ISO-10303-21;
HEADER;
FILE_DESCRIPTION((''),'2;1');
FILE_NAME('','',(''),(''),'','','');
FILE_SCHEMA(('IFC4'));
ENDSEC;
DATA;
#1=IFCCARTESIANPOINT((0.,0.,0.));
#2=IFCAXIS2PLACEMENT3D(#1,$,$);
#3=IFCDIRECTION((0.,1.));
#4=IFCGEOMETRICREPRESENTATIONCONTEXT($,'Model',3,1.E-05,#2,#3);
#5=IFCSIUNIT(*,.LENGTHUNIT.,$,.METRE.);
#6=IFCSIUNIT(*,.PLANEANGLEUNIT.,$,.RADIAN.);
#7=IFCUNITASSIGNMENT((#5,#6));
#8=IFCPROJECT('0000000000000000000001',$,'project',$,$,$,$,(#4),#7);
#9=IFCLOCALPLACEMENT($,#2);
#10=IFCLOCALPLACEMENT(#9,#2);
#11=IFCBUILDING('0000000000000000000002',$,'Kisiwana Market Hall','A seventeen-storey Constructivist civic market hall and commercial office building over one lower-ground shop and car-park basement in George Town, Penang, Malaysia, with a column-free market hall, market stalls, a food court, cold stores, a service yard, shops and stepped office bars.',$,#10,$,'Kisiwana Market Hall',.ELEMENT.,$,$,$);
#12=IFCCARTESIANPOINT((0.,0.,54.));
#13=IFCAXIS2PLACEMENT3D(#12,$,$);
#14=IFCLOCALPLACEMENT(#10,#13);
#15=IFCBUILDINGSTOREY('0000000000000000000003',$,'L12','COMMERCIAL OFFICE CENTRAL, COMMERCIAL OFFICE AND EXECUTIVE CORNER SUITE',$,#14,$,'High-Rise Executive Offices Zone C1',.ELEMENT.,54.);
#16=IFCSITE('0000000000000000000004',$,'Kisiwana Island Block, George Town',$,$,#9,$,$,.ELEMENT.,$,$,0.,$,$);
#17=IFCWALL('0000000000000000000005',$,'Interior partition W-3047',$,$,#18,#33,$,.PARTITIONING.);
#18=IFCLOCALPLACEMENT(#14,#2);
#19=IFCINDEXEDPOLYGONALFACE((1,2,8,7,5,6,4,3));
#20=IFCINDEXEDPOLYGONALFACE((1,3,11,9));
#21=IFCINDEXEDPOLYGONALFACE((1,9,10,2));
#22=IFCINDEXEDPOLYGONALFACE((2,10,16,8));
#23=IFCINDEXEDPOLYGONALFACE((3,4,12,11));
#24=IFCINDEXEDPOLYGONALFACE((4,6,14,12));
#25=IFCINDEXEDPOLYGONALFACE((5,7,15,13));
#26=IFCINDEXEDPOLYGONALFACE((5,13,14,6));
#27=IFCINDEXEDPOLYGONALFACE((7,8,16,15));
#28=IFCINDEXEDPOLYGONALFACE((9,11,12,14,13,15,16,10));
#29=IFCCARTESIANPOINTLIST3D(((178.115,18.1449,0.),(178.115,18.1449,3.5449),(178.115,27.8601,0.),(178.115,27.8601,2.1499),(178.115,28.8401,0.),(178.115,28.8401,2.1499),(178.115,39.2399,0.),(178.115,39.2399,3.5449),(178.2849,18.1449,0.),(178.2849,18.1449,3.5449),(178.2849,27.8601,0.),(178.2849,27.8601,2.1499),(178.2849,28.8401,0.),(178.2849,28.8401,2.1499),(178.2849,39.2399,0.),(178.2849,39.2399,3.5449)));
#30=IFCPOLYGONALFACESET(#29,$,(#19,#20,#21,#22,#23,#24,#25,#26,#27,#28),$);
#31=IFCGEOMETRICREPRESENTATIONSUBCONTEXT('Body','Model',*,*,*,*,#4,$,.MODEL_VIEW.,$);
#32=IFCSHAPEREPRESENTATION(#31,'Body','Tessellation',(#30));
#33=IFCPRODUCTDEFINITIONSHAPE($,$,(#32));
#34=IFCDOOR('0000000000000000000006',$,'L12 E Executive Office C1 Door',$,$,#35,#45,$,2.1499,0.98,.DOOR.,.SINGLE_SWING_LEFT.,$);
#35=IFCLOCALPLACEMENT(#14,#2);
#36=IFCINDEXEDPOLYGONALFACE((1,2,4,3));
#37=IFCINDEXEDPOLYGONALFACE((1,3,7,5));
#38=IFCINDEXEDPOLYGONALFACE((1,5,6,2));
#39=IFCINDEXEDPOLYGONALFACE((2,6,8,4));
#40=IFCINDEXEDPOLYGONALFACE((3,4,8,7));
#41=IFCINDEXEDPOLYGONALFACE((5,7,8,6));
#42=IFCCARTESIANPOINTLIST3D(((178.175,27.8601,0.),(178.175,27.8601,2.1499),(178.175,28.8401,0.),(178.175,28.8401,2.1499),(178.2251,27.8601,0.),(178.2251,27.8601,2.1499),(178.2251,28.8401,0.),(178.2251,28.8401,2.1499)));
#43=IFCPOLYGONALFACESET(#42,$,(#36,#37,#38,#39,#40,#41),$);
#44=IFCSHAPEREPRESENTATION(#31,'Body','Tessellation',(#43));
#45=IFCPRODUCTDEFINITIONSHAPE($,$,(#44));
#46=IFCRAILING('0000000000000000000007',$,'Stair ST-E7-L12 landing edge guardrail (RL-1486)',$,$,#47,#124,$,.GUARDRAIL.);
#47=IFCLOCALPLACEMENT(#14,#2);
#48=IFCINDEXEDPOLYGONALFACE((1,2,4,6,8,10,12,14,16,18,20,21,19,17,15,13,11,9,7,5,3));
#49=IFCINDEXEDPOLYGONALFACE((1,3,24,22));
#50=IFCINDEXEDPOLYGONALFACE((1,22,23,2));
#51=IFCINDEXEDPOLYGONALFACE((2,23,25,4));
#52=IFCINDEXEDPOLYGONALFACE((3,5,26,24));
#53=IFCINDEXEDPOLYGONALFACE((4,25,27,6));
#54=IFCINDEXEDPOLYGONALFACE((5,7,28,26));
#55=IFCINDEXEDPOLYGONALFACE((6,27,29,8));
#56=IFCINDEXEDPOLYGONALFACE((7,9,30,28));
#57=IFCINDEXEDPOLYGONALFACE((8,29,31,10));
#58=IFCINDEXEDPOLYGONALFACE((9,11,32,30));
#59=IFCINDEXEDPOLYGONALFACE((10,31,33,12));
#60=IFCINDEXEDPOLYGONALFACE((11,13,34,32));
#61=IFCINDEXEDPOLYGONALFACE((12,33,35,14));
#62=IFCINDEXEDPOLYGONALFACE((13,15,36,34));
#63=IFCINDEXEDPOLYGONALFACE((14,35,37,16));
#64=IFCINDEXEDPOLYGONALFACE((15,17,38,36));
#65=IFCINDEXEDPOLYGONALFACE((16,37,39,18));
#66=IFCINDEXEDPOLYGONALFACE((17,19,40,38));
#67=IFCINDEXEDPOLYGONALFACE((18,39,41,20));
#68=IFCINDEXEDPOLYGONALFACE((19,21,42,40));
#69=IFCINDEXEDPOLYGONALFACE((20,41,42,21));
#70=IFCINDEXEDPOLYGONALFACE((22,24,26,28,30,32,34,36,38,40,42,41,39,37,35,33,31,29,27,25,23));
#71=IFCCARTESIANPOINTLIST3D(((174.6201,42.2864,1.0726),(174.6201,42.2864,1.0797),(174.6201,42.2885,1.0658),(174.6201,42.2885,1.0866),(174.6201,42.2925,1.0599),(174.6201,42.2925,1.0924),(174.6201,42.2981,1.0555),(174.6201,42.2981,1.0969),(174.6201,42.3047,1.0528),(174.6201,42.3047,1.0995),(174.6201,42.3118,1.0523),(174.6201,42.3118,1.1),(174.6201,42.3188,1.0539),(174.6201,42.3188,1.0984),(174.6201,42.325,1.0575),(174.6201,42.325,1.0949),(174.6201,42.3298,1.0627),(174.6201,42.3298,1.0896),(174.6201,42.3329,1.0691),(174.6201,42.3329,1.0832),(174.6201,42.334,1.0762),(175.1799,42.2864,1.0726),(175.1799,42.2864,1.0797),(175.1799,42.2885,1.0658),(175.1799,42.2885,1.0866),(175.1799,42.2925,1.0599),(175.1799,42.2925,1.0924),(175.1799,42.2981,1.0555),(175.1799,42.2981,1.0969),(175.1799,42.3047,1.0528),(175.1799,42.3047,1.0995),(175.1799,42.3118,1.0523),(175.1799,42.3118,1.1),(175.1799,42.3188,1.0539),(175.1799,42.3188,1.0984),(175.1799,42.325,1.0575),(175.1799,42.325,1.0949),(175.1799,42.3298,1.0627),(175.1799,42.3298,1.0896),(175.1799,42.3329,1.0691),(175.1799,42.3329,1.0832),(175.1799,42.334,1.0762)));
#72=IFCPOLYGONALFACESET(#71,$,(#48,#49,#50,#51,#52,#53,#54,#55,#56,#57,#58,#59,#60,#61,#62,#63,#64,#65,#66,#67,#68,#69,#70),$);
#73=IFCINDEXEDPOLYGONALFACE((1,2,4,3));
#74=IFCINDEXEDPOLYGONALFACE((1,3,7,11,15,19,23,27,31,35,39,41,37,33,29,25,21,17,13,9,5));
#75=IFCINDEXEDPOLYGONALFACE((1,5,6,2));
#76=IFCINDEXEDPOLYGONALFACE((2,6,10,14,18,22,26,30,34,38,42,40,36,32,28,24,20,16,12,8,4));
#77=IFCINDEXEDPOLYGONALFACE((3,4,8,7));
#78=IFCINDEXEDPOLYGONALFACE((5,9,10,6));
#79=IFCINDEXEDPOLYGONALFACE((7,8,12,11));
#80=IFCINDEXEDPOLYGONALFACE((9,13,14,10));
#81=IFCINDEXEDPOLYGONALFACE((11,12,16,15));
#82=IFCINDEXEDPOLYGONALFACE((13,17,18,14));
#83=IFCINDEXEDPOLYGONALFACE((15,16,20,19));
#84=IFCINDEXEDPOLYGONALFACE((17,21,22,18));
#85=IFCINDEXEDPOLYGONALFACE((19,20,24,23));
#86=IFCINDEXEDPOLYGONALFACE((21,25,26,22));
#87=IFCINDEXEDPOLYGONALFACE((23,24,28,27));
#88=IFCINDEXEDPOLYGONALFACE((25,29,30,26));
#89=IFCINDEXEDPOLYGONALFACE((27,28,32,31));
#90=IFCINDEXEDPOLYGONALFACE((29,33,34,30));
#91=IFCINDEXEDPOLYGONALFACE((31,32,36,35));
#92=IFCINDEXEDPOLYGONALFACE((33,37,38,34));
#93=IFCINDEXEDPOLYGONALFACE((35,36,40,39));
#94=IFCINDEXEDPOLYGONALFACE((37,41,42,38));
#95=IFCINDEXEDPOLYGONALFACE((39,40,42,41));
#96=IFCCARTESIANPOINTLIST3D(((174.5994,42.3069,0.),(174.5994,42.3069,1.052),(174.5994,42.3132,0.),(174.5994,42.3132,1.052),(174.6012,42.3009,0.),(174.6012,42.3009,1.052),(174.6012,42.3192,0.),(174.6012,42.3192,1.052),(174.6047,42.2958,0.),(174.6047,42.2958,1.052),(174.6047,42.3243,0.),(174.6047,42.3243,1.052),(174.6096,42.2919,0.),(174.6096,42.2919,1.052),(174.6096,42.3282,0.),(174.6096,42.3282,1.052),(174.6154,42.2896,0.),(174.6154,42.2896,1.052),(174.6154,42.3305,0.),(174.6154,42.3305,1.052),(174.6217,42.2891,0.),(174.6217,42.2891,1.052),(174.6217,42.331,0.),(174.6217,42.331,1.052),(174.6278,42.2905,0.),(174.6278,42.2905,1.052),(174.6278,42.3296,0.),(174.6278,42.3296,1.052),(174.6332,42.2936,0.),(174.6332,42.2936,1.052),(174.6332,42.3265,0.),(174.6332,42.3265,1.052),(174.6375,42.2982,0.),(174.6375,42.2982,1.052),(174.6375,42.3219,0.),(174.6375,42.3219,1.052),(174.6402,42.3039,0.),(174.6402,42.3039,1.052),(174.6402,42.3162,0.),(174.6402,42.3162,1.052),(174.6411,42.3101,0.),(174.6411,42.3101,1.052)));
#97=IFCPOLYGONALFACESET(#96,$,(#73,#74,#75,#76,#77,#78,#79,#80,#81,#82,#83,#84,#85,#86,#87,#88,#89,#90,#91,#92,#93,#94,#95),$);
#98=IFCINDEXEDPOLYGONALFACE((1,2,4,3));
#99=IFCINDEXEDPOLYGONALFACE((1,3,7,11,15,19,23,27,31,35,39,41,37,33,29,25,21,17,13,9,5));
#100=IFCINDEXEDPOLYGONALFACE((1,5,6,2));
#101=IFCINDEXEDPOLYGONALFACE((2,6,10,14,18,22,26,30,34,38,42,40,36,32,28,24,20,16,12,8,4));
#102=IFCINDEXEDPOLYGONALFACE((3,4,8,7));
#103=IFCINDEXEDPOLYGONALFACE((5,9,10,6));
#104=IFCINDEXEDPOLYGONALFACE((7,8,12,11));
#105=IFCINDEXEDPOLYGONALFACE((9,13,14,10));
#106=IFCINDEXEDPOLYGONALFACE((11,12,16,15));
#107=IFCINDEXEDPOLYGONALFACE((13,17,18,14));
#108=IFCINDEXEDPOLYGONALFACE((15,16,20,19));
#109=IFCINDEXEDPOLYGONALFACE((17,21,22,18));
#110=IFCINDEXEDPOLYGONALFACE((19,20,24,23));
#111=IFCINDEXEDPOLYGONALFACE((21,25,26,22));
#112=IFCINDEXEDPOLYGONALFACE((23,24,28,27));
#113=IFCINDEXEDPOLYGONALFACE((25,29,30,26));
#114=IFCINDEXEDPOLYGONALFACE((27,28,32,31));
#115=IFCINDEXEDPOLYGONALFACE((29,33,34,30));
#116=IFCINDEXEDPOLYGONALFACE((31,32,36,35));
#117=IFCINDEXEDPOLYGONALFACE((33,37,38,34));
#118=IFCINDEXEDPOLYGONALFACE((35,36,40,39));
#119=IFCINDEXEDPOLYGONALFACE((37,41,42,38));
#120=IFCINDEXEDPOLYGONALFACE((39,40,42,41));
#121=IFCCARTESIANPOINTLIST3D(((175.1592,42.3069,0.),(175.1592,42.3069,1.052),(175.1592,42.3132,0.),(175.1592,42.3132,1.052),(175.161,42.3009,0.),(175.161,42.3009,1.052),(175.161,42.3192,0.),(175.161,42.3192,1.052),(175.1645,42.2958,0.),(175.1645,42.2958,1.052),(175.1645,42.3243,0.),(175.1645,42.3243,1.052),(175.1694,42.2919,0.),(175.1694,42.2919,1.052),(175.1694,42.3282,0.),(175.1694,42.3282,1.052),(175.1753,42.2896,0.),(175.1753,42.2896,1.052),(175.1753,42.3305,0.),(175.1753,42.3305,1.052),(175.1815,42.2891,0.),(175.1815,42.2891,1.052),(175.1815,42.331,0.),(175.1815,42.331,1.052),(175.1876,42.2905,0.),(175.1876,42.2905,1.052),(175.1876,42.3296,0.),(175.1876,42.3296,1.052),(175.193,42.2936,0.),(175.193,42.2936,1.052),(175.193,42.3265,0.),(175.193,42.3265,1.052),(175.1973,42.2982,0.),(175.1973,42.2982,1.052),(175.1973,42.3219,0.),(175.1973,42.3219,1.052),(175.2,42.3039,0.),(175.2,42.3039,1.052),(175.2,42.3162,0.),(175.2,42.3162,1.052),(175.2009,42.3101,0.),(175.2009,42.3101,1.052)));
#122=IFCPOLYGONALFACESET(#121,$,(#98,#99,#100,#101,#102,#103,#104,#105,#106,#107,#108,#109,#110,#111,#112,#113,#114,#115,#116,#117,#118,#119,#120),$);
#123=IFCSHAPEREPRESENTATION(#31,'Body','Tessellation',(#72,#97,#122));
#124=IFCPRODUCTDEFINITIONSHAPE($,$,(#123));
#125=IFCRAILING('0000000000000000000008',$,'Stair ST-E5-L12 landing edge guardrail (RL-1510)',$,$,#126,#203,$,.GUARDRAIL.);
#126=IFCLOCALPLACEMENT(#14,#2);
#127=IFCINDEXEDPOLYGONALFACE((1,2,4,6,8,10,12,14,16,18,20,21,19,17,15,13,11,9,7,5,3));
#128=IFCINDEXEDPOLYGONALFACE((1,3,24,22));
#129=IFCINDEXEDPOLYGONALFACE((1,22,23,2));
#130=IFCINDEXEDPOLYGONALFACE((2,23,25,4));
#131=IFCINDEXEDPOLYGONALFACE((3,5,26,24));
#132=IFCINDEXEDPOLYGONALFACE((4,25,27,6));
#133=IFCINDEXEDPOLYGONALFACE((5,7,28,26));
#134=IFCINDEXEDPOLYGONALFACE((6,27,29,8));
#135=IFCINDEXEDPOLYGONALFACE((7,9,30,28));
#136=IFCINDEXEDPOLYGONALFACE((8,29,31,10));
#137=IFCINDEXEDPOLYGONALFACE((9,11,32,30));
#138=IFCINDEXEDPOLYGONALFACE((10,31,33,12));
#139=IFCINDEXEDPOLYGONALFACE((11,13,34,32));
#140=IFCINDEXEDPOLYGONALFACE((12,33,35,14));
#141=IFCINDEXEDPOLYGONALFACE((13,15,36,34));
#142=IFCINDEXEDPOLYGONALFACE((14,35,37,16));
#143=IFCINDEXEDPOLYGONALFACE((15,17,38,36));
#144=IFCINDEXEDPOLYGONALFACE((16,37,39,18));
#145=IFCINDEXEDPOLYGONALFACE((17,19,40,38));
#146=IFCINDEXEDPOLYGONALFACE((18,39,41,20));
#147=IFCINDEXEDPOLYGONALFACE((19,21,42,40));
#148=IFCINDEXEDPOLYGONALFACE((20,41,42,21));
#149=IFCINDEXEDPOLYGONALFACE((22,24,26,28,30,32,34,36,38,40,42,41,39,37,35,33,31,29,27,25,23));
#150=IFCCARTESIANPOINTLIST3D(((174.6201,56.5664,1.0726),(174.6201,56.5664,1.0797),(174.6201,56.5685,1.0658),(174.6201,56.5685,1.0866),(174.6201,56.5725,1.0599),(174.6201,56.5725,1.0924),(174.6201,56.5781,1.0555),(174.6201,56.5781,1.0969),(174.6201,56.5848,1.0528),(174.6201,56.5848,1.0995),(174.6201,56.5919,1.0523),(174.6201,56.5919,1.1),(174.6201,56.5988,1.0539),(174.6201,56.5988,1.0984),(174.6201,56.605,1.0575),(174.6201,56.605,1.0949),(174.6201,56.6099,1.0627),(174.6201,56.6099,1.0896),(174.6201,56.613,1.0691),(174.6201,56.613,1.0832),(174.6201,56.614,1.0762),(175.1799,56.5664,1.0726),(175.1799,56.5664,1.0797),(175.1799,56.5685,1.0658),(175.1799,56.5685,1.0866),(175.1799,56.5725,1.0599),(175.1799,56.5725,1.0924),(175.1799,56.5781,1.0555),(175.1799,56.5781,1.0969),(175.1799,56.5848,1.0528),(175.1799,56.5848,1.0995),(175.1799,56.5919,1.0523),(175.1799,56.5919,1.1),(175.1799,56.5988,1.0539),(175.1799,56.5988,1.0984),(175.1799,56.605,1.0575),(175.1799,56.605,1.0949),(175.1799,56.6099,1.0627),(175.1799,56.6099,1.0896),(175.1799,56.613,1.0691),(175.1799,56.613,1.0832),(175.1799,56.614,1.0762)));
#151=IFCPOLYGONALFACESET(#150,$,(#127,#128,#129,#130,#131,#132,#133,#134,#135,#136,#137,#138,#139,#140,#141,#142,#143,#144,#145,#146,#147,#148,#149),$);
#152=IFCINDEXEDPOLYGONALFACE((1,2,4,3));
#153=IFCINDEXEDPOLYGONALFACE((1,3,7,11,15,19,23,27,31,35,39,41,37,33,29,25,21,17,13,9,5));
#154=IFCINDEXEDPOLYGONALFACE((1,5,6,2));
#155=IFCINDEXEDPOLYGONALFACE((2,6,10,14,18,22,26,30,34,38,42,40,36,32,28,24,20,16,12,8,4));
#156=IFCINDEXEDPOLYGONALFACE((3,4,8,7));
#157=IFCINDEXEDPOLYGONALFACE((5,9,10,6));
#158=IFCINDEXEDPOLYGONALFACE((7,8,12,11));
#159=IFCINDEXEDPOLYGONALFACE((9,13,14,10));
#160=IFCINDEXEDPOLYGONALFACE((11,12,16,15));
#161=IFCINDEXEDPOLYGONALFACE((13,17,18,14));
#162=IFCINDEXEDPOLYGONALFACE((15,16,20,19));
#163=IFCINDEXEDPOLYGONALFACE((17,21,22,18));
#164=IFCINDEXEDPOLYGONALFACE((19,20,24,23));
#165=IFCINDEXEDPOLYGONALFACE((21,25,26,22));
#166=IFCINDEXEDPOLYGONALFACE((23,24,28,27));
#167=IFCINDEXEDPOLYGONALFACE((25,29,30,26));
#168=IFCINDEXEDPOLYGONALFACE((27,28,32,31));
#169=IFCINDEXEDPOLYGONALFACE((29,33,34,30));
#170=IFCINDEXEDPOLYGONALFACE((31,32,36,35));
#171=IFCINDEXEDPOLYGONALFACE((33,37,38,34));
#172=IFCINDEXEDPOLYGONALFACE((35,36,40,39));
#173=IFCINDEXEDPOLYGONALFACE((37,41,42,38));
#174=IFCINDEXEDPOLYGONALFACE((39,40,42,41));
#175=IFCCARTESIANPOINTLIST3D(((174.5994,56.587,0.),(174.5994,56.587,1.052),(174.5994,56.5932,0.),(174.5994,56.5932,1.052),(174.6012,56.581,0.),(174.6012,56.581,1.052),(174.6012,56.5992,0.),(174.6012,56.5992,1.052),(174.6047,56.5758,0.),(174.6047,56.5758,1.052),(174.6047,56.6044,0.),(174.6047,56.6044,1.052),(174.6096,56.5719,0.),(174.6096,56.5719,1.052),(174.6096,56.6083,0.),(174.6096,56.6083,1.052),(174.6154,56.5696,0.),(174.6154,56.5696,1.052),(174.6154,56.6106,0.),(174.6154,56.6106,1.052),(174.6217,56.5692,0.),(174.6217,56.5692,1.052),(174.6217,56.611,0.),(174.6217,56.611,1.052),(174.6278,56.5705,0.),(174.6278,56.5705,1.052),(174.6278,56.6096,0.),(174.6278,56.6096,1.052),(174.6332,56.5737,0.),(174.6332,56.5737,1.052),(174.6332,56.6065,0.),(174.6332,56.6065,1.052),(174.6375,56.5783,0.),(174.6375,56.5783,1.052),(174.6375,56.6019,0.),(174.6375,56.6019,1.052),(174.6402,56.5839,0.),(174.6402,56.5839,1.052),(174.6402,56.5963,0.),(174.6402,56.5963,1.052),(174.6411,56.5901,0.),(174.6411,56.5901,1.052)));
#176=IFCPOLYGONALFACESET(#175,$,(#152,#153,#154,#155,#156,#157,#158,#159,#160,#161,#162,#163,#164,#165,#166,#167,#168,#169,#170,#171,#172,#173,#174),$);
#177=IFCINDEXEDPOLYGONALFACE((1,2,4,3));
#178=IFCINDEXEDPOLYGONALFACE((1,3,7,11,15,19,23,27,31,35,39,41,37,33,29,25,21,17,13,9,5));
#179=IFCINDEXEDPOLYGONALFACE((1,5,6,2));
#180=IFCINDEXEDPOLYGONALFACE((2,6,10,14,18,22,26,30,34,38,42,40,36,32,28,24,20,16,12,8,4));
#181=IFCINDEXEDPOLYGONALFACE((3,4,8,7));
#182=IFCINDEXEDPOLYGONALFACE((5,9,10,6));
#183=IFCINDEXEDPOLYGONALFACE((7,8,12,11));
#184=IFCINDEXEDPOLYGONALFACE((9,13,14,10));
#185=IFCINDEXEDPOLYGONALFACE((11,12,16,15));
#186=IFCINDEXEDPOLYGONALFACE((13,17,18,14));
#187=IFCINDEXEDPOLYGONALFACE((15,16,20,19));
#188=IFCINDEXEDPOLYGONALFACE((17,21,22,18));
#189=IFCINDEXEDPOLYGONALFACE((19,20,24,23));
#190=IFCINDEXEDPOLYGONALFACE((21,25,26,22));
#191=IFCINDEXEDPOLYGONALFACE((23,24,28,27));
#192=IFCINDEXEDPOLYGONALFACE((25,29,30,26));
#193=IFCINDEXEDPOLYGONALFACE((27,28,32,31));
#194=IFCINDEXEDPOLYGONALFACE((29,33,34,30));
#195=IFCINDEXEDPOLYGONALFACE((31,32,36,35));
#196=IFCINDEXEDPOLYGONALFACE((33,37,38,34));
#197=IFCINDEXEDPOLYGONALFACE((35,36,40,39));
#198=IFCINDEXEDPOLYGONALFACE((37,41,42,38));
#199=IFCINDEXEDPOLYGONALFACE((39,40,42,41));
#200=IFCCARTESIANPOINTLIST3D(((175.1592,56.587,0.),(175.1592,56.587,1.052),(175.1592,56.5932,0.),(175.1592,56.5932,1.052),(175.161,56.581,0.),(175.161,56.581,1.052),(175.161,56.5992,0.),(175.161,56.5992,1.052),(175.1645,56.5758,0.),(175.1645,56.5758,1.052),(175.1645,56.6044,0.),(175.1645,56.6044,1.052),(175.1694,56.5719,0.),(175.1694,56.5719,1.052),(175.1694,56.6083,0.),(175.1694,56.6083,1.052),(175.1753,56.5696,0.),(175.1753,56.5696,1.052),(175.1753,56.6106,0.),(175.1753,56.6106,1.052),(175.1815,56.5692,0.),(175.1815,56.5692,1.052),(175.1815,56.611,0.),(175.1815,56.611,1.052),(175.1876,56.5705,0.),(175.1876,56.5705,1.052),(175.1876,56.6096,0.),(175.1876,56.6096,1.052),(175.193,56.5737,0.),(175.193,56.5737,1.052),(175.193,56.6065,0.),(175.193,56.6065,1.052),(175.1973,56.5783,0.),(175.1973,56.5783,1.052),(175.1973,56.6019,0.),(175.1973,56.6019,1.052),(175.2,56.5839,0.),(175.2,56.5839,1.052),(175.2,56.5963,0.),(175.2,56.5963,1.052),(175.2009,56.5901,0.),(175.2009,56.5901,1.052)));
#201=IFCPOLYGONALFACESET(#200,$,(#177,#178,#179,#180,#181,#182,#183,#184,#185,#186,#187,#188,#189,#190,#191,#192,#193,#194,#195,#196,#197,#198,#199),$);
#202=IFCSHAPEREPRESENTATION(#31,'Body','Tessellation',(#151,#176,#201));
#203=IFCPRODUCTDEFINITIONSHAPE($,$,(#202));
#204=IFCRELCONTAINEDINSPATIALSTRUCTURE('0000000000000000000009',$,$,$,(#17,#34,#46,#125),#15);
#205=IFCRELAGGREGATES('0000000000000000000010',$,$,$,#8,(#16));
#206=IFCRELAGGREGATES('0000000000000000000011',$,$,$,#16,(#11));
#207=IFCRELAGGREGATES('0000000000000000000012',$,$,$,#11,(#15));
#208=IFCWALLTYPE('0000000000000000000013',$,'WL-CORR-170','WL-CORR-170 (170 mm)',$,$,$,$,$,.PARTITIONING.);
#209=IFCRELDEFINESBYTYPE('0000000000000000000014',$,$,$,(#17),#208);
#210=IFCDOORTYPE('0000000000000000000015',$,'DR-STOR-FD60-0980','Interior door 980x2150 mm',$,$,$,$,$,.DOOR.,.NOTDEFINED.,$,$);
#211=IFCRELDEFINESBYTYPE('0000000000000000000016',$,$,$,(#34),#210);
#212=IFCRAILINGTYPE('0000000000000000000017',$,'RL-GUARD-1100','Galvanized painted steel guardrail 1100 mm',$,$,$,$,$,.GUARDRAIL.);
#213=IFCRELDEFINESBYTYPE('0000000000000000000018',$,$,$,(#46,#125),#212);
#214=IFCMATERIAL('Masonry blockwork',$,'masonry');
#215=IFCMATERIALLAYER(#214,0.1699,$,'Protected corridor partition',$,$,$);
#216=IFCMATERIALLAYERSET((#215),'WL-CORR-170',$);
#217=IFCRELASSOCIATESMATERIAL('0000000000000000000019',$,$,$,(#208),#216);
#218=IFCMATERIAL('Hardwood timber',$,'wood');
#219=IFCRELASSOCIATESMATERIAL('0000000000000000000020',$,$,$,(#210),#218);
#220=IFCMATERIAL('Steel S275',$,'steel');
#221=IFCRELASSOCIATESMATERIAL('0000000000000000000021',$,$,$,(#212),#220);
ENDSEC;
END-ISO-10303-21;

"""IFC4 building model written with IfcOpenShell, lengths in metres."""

from ifc_helpers import new_model, si_unit, direction, frame, frame_2d, origin, origin_2d, place, context, subcontext, project, spatial, rectangle, circle, extrude, material, layer, layer_set, type_object, element, fill, save


model = new_model("IFC4")

# Units and contexts
model_context = context("Model", 3, precision=1e-05, world=origin(), true_north=direction((0.0, 1.0)))
body_context = subcontext(model_context, "Body", "Model", "MODEL_VIEW")
ifc_project = project(units=[si_unit("LENGTHUNIT", "METRE"), si_unit("PLANEANGLEUNIT", "RADIAN")], contexts=[model_context])

# Site, building, storey
site_placement = place(None, origin())
site = spatial("IfcSite", under=ifc_project, at=site_placement, Name="Kisiwana Island Block, George Town", CompositionType="ELEMENT", RefElevation=0.0)
building_placement = place(site_placement, origin())
building = spatial("IfcBuilding", under=site, at=building_placement, Name="Kisiwana Market Hall", Description="A seventeen-storey Constructivist civic market hall and commercial office building over one lower-ground shop and car-park basement in George Town, Penang, Malaysia, with a column-free market hall, market stalls, a food court, cold stores, a service yard, shops and stepped office bars.", LongName="Kisiwana Market Hall", CompositionType="ELEMENT")
storey_placement = place(building_placement, frame((0.0, 0.0, 54.0)))
storey = spatial("IfcBuildingStorey", under=building, at=storey_placement, Name="L12", Description="COMMERCIAL OFFICE CENTRAL, COMMERCIAL OFFICE AND EXECUTIVE CORNER SUITE", LongName="High-Rise Executive Offices Zone C1", CompositionType="ELEMENT", Elevation=54.0)

# Wall, opening, door
ifc_material_1 = material(Name="Masonry blockwork", Category="masonry")
ifc_layer_1 = layer(ifc_material_1, 0.1699, Name="Protected corridor partition")
ifc_layer_set_1 = layer_set([ifc_layer_1], Name="WL-CORR-170")
wall_type_1 = type_object("IfcWallType", Name="WL-CORR-170", Description="WL-CORR-170 (170 mm)", PredefinedType="PARTITIONING", material=ifc_layer_set_1)
wall_1_placement = place(storey_placement, frame((178.2, 18.145, 0.0), z_axis=(0.0, 0.0, 1.0), x_axis=(0.0, 1.0, 0.0)))
wall_1 = element("IfcWall", 1, at=wall_1_placement, inside=storey, type_object=wall_type_1, Name="Interior partition W-3047", PredefinedType="PARTITIONING", context=body_context, shape_type="SweptSolid", body=[
    extrude(rectangle(XDim=21.095, YDim=0.1699, at=frame_2d((10.5474, 0.0))), origin(), (0.0, 0.0, 1.0), 3.5449),
])
opening_1_placement = place(wall_1_placement, frame((9.7151, 0.0, 0.0)))
opening_1 = element("IfcOpeningElement", 2, at=opening_1_placement, cuts=wall_1, PredefinedType="OPENING", context=body_context, shape_type="SweptSolid", body=[
    extrude(rectangle(XDim=0.98, YDim=2.1499, at=frame_2d((0.49, 1.075))), frame((0.0, 0.0969, 0.0), z_axis=(0.0, -1.0, 0.0), x_axis=(1.0, 0.0, 0.0)), (0.0, 0.0, 1.0), 0.1938),
])
ifc_material_2 = material(Name="Hardwood timber", Category="wood")
door_type_1 = type_object("IfcDoorType", Name="DR-STOR-FD60-0980", Description="Interior door 980x2150 mm", OperationType="NOTDEFINED", PredefinedType="DOOR", material=ifc_material_2)
door_1_placement = place(opening_1_placement, origin())
door_1 = element("IfcDoor", 3, at=door_1_placement, inside=storey, type_object=door_type_1, Name="L12 E Executive Office C1 Door", OperationType="SINGLE_SWING_LEFT", OverallHeight=2.1499, OverallWidth=0.98, PredefinedType="DOOR", context=body_context, shape_type="SweptSolid", body=[
    extrude(rectangle(XDim=0.98, YDim=2.1499, at=frame_2d((0.49, 1.075))), frame((0.0, 0.0249, 0.0), z_axis=(0.0, -1.0, 0.0), x_axis=(1.0, 0.0, 0.0)), (0.0, 0.0, 1.0), 0.05),
])
fill(opening_1, door_1)

# Railings
ifc_material_3 = material(Name="Steel S275", Category="steel")
railing_type_1 = type_object("IfcRailingType", Name="RL-GUARD-1100", Description="Galvanized painted steel guardrail 1100 mm", PredefinedType="GUARDRAIL", material=ifc_material_3)
for number, where, name in (
    (4, (174.6201, 42.3101, 0.0), "Stair ST-E7-L12 landing edge guardrail (RL-1486)"),
    (5, (174.6201, 56.5901, 0.0), "Stair ST-E5-L12 landing edge guardrail (RL-1510)"),
):
    element("IfcRailing", number, at=place(storey_placement, frame(where)), inside=storey, type_object=railing_type_1, Name=name, PredefinedType="GUARDRAIL", context=body_context, shape_type="SweptSolid", body=[
        extrude(circle(Radius=0.0239, at=origin_2d()), frame((0.0, 0.0, 1.0762), z_axis=(1.0, 0.0, 0.0), x_axis=(0.0, 1.0, 0.0)), (0.0, 0.0, 1.0), 0.5598),
        extrude(circle(Radius=0.021, at=origin_2d()), origin(), (0.0, 0.0, 1.0), 1.052),
        extrude(circle(Radius=0.021, at=origin_2d()), frame((0.5598, 0.0, 0.0)), (0.0, 0.0, 1.0), 1.052),
    ])

save(model, "model.ifc")
